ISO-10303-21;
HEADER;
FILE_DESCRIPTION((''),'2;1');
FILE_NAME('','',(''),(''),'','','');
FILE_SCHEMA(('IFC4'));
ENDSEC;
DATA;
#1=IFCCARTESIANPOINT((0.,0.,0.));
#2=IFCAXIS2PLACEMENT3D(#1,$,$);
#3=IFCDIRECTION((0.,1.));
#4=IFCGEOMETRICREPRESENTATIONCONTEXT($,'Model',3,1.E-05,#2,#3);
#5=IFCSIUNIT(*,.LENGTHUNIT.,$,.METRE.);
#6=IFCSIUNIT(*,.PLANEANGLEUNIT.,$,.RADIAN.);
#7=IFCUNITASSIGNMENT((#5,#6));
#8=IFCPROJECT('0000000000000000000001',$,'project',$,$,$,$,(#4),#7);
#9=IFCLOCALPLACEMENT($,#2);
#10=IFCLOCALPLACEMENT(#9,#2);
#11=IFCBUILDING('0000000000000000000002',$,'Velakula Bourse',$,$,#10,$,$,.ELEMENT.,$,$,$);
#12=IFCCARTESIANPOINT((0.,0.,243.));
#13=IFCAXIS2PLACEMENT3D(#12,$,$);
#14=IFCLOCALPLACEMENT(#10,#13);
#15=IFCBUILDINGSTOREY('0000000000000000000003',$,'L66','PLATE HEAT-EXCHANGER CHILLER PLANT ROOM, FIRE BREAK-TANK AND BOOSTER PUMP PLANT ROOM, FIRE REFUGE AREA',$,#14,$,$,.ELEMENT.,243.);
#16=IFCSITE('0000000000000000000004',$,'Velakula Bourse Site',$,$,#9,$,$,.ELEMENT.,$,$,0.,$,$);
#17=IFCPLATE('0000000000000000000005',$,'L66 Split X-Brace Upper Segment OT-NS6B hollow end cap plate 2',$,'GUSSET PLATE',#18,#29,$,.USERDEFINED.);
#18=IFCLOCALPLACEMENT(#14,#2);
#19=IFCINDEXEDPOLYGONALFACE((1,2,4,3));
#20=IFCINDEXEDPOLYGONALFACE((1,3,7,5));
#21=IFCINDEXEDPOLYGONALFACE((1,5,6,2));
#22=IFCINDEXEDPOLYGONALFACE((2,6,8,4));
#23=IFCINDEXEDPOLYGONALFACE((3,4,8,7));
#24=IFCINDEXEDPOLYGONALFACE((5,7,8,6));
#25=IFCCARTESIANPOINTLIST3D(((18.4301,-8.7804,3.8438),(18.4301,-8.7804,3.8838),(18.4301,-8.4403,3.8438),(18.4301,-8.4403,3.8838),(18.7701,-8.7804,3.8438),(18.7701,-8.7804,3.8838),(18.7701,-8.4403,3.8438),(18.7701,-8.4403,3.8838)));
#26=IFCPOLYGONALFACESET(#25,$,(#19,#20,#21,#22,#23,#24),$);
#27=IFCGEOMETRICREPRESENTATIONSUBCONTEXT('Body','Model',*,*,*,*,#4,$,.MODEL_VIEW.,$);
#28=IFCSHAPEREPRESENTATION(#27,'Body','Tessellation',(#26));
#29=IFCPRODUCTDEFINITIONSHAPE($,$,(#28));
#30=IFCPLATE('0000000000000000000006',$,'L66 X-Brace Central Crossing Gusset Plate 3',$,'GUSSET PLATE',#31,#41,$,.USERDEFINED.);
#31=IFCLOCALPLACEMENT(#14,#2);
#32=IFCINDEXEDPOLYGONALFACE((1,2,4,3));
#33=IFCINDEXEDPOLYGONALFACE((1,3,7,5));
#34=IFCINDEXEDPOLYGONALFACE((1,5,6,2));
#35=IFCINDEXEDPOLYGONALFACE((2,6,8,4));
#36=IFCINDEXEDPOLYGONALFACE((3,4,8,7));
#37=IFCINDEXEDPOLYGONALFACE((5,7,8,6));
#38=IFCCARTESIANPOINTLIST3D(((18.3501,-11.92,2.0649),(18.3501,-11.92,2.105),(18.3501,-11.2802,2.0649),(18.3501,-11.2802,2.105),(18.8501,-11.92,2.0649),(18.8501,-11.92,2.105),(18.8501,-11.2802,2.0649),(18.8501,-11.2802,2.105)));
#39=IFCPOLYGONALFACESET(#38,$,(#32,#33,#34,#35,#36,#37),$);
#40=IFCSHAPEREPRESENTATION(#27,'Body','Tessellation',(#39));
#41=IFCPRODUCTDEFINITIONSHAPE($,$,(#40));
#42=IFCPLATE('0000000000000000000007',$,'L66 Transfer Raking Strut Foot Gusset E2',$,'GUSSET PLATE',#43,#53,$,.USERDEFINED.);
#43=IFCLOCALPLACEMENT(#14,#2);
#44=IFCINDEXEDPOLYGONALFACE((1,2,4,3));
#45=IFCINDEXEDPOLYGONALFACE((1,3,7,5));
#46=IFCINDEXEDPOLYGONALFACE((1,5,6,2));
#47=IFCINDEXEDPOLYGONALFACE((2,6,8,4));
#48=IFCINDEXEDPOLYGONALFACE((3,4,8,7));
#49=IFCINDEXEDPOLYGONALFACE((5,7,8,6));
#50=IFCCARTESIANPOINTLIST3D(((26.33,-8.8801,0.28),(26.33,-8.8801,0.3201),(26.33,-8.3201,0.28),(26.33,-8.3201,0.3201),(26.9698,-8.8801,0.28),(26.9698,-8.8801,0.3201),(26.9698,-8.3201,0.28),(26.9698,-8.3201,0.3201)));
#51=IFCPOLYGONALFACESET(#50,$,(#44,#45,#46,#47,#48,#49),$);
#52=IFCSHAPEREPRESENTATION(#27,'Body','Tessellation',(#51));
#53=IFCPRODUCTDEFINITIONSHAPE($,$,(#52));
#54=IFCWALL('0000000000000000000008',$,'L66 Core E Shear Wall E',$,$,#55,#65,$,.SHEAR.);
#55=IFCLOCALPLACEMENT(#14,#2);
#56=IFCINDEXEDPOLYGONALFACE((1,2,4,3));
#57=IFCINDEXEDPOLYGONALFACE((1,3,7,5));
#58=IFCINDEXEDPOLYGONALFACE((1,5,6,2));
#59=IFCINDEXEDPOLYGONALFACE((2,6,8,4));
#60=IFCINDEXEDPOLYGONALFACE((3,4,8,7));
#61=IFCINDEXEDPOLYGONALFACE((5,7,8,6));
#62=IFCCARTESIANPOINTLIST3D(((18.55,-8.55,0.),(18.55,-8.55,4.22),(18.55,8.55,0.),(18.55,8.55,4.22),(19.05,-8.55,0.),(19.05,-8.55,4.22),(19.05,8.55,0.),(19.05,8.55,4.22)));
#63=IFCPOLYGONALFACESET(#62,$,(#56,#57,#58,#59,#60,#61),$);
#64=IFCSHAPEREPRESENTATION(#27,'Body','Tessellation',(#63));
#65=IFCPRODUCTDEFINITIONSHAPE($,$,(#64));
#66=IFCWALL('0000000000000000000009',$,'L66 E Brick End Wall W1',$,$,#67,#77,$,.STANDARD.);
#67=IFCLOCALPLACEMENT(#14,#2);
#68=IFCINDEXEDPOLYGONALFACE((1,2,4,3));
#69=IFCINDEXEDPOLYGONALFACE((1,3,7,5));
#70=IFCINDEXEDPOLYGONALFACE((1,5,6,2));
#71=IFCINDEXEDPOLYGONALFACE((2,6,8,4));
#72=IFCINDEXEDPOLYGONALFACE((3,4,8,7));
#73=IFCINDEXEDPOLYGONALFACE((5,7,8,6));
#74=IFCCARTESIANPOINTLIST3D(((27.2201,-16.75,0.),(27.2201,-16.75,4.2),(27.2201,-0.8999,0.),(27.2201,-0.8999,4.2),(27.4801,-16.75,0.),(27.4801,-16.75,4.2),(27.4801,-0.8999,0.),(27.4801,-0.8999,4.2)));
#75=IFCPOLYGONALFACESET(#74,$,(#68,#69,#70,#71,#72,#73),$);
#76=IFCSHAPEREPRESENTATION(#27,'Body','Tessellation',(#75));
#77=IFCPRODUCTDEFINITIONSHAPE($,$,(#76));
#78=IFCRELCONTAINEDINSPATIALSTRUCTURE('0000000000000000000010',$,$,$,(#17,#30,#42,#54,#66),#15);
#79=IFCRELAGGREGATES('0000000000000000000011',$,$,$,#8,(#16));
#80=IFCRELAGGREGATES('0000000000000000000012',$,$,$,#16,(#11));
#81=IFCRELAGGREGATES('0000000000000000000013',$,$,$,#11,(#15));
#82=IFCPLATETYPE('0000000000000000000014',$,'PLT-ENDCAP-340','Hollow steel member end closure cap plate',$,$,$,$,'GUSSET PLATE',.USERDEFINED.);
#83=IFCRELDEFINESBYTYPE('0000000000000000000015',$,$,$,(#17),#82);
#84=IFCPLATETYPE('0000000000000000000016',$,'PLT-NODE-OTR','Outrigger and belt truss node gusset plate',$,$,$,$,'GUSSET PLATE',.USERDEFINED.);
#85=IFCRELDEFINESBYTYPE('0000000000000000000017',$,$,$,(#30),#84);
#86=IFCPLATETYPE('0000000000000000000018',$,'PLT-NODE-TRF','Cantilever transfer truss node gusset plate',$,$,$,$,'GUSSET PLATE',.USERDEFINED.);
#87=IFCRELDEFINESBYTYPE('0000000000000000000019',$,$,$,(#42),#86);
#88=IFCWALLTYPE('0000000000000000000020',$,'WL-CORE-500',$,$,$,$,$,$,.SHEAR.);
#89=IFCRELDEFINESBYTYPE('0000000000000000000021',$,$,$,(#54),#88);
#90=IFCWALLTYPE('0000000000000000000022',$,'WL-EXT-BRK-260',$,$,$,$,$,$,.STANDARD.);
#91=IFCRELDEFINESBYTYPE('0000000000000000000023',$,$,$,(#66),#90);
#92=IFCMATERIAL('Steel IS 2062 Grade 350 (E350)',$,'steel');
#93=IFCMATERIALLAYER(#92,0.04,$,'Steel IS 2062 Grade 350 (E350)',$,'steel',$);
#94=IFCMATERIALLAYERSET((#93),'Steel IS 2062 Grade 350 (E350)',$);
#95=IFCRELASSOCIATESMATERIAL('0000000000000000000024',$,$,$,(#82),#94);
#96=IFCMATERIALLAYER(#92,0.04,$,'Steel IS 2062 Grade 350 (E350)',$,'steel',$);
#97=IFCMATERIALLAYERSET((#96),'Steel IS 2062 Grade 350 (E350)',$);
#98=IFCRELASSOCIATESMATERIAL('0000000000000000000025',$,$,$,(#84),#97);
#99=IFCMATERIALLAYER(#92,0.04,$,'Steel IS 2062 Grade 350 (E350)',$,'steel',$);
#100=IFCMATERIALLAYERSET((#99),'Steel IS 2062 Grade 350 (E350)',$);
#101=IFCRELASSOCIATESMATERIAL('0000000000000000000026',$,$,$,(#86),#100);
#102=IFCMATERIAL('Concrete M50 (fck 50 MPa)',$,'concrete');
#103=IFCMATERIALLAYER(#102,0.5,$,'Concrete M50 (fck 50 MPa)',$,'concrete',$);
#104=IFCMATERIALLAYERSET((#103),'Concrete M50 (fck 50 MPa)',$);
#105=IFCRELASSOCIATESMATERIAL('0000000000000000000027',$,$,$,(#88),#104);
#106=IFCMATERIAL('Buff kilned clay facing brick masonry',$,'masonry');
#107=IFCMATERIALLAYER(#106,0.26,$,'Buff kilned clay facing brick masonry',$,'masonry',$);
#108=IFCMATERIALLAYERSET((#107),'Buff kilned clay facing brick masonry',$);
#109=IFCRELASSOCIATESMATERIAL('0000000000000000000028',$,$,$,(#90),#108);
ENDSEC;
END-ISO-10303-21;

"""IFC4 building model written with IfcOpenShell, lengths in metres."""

from ifc_helpers import new_model, si_unit, direction, frame, frame_2d, origin, origin_2d, place, context, subcontext, project, spatial, rectangle, extrude, material, layer, layer_set, type_object, element, save


model = new_model("IFC4")

# Units and contexts
model_context = context("Model", 3, precision=1e-05, world=origin(), true_north=direction((0.0, 1.0)))
body_context = subcontext(model_context, "Body", "Model", "MODEL_VIEW")
ifc_project = project(units=[si_unit("LENGTHUNIT", "METRE"), si_unit("PLANEANGLEUNIT", "RADIAN")], contexts=[model_context])

# Site, building, storey
site_placement = place(None, origin())
site = spatial("IfcSite", under=ifc_project, at=site_placement, Name="Velakula Bourse Site", CompositionType="ELEMENT", RefElevation=0.0)
building_placement = place(site_placement, origin())
building = spatial("IfcBuilding", under=site, at=building_placement, Name="Velakula Bourse", CompositionType="ELEMENT")
storey_placement = place(building_placement, frame((0.0, 0.0, 243.0)))
storey = spatial("IfcBuildingStorey", under=building, at=storey_placement, Name="L66", Description="PLATE HEAT-EXCHANGER CHILLER PLANT ROOM, FIRE BREAK-TANK AND BOOSTER PUMP PLANT ROOM, FIRE REFUGE AREA", CompositionType="ELEMENT", Elevation=243.0)

# Shared definitions
ifc_material_1 = material(Name="Concrete M50 (fck 50 MPa)", Category="concrete")
ifc_material_2 = material(Name="Steel IS 2062 Grade 350 (E350)", Category="steel")

# Plates
ifc_layer_1 = layer(ifc_material_2, 0.04, Name="Steel IS 2062 Grade 350 (E350)", Category="steel")
ifc_layer_set_1 = layer_set([ifc_layer_1], Name="Steel IS 2062 Grade 350 (E350)")
plate_type_1 = type_object("IfcPlateType", Name="PLT-ENDCAP-340", Description="Hollow steel member end closure cap plate", ElementType="GUSSET PLATE", PredefinedType="USERDEFINED", material=ifc_layer_set_1)
for number, where, z_axis, x_axis, name in (
    (1, (18.6001, -8.6104, 3.8438), (0.0, 0.0, 1.0), (0.0, 1.0, 0.0), "L66 Split X-Brace Upper Segment OT-NS6B hollow end cap plate 2"),
):
    element("IfcPlate", number, at=place(storey_placement, frame(where, z_axis=z_axis, x_axis=x_axis)), inside=storey, type_object=plate_type_1, Name=name, ObjectType="GUSSET PLATE", PredefinedType="USERDEFINED", context=body_context, shape_type="SweptSolid", body=[
        extrude(rectangle(XDim=0.3401, YDim=0.3401, at=origin_2d()), origin(), (0.0, 0.0, 1.0), 0.04),
    ])
ifc_layer_2 = layer(ifc_material_2, 0.04, Name="Steel IS 2062 Grade 350 (E350)", Category="steel")
ifc_layer_set_2 = layer_set([ifc_layer_2], Name="Steel IS 2062 Grade 350 (E350)")
plate_type_2 = type_object("IfcPlateType", Name="PLT-NODE-OTR", Description="Outrigger and belt truss node gusset plate", ElementType="GUSSET PLATE", PredefinedType="USERDEFINED", material=ifc_layer_set_2)
plate_1_placement = place(storey_placement, frame((18.6001, -11.6001, 2.0649), z_axis=(0.0, 0.0, 1.0), x_axis=(0.0, -1.0, 0.0)))
element("IfcPlate", 2, at=plate_1_placement, inside=storey, type_object=plate_type_2, Name="L66 X-Brace Central Crossing Gusset Plate 3", ObjectType="GUSSET PLATE", PredefinedType="USERDEFINED", context=body_context, shape_type="SweptSolid", body=[
    extrude(rectangle(XDim=0.6399, YDim=0.5, at=origin_2d()), origin(), (0.0, 0.0, 1.0), 0.04),
])
ifc_layer_3 = layer(ifc_material_2, 0.04, Name="Steel IS 2062 Grade 350 (E350)", Category="steel")
ifc_layer_set_3 = layer_set([ifc_layer_3], Name="Steel IS 2062 Grade 350 (E350)")
plate_type_3 = type_object("IfcPlateType", Name="PLT-NODE-TRF", Description="Cantilever transfer truss node gusset plate", ElementType="GUSSET PLATE", PredefinedType="USERDEFINED", material=ifc_layer_set_3)
plate_2_placement = place(storey_placement, frame((26.6499, -8.6001, 0.28), z_axis=(0.0, 0.0, 1.0), x_axis=(1.0, 0.0, 0.0)))
element("IfcPlate", 3, at=plate_2_placement, inside=storey, type_object=plate_type_3, Name="L66 Transfer Raking Strut Foot Gusset E2", ObjectType="GUSSET PLATE", PredefinedType="USERDEFINED", context=body_context, shape_type="SweptSolid", body=[
    extrude(rectangle(XDim=0.6399, YDim=0.5601, at=origin_2d()), origin(), (0.0, 0.0, 1.0), 0.04),
])

# Walls
ifc_layer_4 = layer(ifc_material_1, 0.5, Name="Concrete M50 (fck 50 MPa)", Category="concrete")
ifc_layer_set_4 = layer_set([ifc_layer_4], Name="Concrete M50 (fck 50 MPa)")
wall_type_1 = type_object("IfcWallType", Name="WL-CORE-500", PredefinedType="SHEAR", material=ifc_layer_set_4)
wall_1_placement = place(storey_placement, frame((18.8, -8.55, 0.0), z_axis=(0.0, 0.0, 1.0), x_axis=(0.0, 1.0, 0.0)))
element("IfcWall", 4, at=wall_1_placement, inside=storey, type_object=wall_type_1, Name="L66 Core E Shear Wall E", PredefinedType="SHEAR", context=body_context, shape_type="SweptSolid", body=[
    extrude(rectangle(XDim=17.1001, YDim=0.5, at=frame_2d((8.55, 0.0))), origin(), (0.0, 0.0, 1.0), 4.22),
])
ifc_material_3 = material(Name="Buff kilned clay facing brick masonry", Category="masonry")
ifc_layer_5 = layer(ifc_material_3, 0.26, Name="Buff kilned clay facing brick masonry", Category="masonry")
ifc_layer_set_5 = layer_set([ifc_layer_5], Name="Buff kilned clay facing brick masonry")
wall_type_2 = type_object("IfcWallType", Name="WL-EXT-BRK-260", PredefinedType="STANDARD", material=ifc_layer_set_5)
wall_2_placement = place(storey_placement, frame((27.3501, -0.8999, 0.0), z_axis=(0.0, 0.0, 1.0), x_axis=(0.0, -1.0, 0.0)))
element("IfcWall", 5, at=wall_2_placement, inside=storey, type_object=wall_type_2, Name="L66 E Brick End Wall W1", PredefinedType="STANDARD", context=body_context, shape_type="SweptSolid", body=[
    extrude(rectangle(XDim=15.8501, YDim=0.26, at=frame_2d((7.925, 0.0))), origin(), (0.0, 0.0, 1.0), 4.2),
])

save(model, "model.ifc")
